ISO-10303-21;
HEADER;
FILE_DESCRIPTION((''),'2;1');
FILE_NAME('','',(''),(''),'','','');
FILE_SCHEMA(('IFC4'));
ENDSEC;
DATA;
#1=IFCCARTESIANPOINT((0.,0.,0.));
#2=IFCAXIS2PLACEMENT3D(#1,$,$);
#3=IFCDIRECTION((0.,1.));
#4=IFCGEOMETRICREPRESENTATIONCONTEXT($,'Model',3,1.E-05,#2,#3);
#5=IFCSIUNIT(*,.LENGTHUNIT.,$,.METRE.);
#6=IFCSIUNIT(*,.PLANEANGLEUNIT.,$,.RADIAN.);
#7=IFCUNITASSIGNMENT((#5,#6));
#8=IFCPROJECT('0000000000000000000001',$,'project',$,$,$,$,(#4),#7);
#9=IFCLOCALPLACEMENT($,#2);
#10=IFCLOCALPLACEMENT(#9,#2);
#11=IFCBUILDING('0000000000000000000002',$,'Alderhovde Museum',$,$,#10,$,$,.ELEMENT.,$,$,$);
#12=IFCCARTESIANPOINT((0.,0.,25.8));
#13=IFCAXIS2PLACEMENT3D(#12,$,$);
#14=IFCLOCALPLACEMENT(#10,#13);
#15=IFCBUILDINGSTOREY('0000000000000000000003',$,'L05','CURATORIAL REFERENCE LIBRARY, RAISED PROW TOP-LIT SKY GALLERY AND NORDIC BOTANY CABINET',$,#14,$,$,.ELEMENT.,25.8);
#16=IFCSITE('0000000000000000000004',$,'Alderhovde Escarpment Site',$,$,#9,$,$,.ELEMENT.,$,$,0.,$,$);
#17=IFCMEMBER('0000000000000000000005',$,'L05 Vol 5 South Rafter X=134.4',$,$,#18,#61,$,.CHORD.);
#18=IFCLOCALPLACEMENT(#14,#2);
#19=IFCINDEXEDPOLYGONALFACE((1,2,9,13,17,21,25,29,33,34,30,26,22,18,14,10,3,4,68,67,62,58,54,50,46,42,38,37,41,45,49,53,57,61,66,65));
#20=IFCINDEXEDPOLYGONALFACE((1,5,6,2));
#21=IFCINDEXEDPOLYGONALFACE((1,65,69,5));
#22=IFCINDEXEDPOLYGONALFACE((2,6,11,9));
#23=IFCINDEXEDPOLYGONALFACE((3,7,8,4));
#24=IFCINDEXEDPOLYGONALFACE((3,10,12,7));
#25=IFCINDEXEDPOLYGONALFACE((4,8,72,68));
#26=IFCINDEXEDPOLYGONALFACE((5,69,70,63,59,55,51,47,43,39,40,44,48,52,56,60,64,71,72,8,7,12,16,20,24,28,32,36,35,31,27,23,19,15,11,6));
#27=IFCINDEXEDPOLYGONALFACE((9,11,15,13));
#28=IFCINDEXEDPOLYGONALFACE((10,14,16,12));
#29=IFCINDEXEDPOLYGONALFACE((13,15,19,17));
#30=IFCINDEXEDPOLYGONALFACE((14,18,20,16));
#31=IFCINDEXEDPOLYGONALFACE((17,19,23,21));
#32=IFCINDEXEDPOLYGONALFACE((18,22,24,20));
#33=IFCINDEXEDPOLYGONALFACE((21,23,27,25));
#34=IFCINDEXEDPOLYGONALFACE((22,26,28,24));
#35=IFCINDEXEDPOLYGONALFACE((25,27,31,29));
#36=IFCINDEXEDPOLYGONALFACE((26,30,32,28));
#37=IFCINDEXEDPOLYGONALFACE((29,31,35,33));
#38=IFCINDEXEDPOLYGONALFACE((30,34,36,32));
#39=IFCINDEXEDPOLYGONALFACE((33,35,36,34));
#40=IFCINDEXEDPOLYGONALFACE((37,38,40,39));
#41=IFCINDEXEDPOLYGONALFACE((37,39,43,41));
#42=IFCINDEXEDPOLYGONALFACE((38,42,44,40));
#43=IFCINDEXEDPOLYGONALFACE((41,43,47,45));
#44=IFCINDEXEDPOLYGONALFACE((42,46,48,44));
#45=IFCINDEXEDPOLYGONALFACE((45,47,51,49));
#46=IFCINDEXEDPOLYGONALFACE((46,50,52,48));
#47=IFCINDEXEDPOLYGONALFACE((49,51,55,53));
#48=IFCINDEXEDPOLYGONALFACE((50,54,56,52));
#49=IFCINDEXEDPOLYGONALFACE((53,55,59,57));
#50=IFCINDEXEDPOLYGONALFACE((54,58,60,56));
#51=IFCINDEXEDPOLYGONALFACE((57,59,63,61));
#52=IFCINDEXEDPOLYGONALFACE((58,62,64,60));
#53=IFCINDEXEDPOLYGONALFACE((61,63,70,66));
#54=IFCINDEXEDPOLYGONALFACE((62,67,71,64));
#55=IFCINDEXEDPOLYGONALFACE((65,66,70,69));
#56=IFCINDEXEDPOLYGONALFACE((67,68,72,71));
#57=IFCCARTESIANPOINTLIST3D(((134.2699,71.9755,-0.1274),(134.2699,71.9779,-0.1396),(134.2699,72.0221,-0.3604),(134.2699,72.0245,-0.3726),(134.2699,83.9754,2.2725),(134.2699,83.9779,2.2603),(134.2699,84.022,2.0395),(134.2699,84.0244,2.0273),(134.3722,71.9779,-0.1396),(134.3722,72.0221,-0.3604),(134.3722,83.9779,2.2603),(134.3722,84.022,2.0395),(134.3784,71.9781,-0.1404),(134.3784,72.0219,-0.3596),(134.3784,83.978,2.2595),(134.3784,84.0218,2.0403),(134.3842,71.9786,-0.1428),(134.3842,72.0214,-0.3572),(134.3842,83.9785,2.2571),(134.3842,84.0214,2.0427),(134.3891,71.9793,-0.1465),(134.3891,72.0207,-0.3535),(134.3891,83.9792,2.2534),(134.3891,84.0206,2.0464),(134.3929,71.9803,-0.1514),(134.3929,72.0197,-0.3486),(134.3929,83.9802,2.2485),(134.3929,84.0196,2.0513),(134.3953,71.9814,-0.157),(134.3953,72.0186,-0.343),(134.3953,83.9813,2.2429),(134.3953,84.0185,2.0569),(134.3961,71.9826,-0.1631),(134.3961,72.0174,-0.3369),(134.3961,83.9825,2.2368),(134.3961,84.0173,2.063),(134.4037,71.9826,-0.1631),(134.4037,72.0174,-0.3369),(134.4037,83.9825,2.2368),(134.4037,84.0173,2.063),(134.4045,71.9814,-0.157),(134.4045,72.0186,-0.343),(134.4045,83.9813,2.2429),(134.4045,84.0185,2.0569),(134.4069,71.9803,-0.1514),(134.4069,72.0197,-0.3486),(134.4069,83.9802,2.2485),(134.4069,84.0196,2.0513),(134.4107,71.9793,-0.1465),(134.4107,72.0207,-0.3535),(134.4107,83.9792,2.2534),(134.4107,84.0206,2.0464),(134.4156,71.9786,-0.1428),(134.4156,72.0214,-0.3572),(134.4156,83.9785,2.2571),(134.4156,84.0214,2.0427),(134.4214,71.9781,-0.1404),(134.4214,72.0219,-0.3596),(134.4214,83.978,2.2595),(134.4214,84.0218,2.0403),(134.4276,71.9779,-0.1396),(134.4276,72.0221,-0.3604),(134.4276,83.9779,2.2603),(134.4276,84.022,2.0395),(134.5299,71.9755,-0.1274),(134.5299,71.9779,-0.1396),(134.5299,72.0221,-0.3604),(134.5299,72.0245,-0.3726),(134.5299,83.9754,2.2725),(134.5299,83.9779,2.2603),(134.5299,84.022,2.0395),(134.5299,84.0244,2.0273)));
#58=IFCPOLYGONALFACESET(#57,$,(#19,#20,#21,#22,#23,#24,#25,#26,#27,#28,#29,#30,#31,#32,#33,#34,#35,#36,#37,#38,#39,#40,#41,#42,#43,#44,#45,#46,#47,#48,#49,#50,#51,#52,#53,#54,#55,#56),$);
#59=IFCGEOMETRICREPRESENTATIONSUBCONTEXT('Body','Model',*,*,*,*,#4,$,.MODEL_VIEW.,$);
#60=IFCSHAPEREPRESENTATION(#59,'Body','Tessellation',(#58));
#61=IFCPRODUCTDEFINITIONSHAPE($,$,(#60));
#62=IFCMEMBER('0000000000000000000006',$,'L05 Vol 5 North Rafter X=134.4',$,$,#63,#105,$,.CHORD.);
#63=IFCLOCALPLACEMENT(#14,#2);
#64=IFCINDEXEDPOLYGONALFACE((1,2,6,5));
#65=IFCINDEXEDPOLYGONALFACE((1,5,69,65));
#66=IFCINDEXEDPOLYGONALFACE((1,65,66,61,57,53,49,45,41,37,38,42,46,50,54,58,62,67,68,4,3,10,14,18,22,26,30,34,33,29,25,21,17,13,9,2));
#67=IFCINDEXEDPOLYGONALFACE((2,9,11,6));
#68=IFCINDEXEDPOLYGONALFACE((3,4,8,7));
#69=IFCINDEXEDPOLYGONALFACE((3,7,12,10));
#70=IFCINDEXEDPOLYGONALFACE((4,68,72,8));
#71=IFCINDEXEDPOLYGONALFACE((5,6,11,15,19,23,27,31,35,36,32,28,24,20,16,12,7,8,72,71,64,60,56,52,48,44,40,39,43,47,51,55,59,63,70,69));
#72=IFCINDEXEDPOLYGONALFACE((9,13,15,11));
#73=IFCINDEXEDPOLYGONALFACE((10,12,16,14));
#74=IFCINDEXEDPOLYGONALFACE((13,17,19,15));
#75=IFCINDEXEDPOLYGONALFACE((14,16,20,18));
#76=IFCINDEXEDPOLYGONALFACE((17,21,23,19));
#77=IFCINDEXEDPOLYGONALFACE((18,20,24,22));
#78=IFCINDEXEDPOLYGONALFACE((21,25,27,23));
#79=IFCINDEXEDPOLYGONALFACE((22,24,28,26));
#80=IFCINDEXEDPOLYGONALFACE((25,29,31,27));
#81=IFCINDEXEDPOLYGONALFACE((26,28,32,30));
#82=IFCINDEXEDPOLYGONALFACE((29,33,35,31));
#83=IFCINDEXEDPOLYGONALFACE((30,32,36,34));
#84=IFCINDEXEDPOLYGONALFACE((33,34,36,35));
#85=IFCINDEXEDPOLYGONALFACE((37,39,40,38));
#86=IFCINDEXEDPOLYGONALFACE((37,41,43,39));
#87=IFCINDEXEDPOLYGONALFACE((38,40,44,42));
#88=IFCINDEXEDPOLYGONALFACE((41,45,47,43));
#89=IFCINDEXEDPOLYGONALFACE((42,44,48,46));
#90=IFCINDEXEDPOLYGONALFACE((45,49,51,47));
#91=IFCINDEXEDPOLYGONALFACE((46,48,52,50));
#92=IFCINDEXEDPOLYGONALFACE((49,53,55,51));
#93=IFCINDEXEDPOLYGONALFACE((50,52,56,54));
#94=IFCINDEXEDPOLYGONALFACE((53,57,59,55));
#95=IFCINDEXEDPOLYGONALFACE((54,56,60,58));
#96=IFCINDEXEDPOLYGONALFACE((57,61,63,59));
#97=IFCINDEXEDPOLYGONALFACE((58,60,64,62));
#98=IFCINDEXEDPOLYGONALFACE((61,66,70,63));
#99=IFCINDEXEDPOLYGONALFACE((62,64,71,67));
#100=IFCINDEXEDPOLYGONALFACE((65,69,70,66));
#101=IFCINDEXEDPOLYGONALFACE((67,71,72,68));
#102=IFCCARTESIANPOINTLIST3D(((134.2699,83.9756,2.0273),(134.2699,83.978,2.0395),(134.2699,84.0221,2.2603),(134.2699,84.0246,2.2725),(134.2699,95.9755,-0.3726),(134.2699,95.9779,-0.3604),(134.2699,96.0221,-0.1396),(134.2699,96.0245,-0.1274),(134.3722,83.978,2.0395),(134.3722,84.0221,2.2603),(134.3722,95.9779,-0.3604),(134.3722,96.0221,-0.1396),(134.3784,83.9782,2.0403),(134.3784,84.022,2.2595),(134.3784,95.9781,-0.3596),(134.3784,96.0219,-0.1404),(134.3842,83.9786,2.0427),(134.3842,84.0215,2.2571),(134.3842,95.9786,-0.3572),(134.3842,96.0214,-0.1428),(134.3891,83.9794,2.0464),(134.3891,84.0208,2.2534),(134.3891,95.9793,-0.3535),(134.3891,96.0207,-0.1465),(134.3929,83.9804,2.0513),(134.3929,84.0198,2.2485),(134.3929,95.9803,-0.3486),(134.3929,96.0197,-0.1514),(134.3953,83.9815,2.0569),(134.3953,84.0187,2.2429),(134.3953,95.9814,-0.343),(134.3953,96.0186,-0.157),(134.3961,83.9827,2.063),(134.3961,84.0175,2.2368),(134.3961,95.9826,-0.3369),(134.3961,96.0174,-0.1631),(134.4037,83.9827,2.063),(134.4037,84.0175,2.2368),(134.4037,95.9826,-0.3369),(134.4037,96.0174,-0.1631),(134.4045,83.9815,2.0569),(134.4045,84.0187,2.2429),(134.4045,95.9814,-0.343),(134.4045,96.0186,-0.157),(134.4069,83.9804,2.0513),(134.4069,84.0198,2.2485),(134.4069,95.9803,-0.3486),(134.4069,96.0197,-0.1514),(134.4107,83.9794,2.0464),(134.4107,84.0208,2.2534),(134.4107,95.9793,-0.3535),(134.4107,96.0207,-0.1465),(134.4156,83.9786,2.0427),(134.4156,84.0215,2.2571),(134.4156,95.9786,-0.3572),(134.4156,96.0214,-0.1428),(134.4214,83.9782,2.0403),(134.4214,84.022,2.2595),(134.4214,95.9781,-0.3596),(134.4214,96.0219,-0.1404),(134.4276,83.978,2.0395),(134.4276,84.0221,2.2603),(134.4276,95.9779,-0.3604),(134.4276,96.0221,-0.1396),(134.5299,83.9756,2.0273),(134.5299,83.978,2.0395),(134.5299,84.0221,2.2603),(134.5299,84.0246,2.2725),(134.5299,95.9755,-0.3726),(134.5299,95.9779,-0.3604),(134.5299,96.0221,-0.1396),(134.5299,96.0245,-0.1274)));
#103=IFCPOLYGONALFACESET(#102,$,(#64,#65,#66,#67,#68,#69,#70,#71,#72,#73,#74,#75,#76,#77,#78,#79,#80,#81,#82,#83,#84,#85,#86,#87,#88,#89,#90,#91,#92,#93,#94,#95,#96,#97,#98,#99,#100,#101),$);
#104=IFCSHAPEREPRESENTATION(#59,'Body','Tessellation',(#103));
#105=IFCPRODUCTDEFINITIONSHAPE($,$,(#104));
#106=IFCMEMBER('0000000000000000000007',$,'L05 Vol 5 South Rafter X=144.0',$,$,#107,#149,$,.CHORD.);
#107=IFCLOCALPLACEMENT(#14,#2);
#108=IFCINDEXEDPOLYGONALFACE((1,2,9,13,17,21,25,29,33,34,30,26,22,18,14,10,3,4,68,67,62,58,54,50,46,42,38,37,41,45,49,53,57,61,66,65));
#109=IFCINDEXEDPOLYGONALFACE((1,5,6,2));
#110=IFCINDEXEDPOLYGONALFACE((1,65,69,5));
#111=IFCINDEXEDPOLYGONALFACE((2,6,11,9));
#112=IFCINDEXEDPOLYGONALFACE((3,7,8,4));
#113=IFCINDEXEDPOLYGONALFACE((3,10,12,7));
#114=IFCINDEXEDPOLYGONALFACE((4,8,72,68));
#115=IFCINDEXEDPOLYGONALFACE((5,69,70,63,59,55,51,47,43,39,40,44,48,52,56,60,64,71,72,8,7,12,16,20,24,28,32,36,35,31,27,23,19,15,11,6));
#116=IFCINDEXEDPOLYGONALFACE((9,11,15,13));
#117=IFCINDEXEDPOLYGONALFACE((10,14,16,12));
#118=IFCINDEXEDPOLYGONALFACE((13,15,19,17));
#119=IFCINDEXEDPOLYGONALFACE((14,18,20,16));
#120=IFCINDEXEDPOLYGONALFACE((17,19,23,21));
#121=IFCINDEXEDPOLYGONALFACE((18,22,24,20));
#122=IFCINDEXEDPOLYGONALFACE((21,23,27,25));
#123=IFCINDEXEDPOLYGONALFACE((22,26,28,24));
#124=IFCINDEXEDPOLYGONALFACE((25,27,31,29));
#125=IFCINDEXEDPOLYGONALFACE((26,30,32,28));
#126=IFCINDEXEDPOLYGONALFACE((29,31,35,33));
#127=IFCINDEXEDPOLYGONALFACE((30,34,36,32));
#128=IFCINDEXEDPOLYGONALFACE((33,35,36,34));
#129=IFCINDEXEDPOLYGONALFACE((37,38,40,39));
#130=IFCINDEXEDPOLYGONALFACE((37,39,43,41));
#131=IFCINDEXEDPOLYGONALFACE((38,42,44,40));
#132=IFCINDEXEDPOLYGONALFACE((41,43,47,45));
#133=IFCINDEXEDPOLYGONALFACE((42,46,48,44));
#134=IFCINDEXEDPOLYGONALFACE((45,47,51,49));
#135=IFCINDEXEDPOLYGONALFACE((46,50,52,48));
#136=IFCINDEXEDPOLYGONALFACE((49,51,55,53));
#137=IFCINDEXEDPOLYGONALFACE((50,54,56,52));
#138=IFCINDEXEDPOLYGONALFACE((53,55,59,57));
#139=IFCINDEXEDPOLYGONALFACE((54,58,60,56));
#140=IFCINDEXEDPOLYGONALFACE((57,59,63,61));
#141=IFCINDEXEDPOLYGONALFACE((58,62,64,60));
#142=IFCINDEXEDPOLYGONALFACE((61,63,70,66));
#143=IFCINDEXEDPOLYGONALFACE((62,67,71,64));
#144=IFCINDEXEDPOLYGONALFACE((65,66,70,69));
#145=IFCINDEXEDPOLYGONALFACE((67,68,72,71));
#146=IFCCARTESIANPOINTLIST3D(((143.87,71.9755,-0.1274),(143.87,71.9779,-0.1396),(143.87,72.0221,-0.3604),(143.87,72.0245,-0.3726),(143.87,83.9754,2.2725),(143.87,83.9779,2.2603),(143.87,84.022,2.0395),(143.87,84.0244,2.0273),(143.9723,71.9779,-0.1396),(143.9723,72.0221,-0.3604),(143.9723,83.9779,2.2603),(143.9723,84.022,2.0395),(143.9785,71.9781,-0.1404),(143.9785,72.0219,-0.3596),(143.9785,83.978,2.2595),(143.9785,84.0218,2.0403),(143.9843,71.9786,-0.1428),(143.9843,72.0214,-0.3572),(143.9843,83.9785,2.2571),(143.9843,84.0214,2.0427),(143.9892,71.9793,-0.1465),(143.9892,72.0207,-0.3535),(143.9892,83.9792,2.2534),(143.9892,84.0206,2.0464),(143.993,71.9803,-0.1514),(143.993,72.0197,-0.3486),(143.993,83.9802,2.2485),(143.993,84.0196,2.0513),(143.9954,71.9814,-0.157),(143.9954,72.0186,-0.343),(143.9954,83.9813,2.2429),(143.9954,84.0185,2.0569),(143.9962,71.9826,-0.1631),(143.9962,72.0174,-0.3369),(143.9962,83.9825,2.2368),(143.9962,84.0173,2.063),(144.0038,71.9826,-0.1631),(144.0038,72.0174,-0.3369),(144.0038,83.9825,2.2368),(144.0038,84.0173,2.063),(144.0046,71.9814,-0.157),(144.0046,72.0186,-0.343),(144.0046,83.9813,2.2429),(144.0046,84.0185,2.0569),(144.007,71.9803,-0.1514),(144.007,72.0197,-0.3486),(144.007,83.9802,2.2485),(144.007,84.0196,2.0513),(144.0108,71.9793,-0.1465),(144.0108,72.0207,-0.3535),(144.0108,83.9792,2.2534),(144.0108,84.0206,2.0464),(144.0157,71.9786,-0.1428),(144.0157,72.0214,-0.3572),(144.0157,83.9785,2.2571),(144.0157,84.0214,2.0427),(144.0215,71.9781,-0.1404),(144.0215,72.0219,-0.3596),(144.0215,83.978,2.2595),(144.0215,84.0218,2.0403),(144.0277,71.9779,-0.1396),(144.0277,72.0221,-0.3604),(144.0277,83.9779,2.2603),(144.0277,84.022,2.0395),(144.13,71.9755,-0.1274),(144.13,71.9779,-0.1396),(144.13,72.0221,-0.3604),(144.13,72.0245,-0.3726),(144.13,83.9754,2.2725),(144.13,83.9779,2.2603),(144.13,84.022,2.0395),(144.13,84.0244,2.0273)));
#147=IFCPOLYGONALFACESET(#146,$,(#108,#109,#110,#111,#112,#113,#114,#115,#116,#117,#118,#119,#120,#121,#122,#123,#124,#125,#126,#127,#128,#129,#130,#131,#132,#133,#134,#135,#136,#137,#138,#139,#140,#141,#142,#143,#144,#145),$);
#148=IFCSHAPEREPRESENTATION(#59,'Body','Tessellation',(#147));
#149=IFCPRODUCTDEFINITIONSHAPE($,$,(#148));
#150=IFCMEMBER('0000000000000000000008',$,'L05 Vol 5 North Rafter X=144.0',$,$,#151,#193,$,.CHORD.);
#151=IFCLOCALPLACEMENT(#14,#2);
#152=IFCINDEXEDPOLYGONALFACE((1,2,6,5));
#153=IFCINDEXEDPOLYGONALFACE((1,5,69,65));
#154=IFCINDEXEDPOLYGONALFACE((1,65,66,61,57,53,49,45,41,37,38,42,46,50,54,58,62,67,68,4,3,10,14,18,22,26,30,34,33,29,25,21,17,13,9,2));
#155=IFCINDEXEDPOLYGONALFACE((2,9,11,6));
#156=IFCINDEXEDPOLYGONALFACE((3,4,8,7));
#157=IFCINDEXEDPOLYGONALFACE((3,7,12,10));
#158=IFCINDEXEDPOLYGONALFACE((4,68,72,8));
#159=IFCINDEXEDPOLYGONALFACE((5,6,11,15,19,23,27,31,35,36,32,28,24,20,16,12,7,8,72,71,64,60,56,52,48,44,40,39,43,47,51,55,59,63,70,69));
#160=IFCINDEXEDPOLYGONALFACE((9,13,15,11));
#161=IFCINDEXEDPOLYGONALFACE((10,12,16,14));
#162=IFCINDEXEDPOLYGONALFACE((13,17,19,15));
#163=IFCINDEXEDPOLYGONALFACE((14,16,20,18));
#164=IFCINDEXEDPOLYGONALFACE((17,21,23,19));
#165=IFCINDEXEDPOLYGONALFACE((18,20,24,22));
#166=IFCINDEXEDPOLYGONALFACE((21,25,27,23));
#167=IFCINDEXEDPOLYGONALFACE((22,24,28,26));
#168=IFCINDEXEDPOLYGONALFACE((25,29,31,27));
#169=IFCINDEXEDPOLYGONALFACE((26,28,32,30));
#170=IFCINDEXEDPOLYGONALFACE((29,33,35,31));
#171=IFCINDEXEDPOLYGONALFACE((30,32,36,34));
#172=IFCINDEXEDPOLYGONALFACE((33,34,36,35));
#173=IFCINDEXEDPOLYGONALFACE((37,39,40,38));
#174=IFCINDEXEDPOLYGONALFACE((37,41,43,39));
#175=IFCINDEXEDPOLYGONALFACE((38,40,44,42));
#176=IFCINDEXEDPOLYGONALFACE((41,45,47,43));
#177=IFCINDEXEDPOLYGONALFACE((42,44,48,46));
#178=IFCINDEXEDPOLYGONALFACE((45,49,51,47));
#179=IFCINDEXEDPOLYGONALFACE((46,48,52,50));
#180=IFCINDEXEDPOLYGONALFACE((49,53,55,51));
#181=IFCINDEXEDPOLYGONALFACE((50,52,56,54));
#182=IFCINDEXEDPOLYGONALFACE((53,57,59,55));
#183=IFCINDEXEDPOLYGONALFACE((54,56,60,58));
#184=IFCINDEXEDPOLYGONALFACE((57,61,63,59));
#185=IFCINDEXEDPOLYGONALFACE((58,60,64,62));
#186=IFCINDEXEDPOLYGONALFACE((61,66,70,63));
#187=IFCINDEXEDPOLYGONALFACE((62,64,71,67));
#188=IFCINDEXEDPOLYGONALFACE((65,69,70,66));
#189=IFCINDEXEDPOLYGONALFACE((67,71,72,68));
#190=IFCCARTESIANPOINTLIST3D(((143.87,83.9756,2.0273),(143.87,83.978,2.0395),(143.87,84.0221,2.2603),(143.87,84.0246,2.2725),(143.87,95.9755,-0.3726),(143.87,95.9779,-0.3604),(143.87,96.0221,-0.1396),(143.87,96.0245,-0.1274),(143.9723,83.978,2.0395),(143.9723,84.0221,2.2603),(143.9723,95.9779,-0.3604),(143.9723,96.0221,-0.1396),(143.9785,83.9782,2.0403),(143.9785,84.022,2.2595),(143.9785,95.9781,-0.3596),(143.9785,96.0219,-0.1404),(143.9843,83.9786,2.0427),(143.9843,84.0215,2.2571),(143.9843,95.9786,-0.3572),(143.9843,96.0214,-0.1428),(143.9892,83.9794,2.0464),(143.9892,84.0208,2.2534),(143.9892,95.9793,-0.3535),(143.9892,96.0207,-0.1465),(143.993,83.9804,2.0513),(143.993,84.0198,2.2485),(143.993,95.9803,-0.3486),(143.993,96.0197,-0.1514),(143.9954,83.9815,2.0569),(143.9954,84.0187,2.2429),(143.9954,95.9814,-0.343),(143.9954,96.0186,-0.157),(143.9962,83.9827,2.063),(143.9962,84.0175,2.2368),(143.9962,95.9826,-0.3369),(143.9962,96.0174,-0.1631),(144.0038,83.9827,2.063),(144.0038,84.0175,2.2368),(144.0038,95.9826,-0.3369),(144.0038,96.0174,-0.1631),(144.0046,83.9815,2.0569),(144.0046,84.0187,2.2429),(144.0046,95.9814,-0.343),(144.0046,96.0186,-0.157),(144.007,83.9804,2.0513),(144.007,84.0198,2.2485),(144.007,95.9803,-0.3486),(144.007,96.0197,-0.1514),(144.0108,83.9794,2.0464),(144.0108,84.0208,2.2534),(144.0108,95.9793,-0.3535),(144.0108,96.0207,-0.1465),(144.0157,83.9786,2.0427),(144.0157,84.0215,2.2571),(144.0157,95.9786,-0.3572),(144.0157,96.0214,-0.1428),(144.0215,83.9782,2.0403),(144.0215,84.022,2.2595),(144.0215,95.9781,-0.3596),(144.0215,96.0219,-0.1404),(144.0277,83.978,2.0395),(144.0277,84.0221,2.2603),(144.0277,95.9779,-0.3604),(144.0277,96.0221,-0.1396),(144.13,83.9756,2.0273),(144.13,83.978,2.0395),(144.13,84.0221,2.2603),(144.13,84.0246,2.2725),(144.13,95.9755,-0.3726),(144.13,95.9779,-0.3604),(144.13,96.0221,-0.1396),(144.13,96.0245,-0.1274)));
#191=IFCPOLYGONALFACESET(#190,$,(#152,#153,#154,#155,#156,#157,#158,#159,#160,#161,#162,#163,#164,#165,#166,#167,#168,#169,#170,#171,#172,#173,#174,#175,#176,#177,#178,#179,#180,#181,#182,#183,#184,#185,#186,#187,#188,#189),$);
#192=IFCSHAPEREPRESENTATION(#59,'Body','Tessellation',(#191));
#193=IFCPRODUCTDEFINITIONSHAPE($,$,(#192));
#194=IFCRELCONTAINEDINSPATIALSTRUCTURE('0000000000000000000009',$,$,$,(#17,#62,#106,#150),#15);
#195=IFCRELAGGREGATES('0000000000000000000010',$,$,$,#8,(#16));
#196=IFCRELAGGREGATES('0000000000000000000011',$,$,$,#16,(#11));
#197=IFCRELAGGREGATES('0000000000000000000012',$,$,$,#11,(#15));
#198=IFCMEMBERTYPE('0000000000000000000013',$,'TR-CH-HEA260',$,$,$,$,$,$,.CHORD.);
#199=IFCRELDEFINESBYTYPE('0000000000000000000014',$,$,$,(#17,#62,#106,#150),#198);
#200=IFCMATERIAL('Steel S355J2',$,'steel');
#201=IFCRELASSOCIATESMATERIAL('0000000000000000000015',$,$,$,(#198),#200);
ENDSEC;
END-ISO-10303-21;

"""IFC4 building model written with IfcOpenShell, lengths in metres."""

from ifc_helpers import new_model, si_unit, direction, frame, origin, origin_2d, place, context, subcontext, project, spatial, i_section, extrude, material, material_profile, profile_set, type_object, element, save


model = new_model("IFC4")

# Units and contexts
model_context = context("Model", 3, precision=1e-05, world=origin(), true_north=direction((0.0, 1.0)))
body_context = subcontext(model_context, "Body", "Model", "MODEL_VIEW")
ifc_project = project(units=[si_unit("LENGTHUNIT", "METRE"), si_unit("PLANEANGLEUNIT", "RADIAN")], contexts=[model_context])

# Site, building, storey
site_placement = place(None, origin())
site = spatial("IfcSite", under=ifc_project, at=site_placement, Name="Alderhovde Escarpment Site", CompositionType="ELEMENT", RefElevation=0.0)
building_placement = place(site_placement, origin())
building = spatial("IfcBuilding", under=site, at=building_placement, Name="Alderhovde Museum", CompositionType="ELEMENT")
storey_placement = place(building_placement, frame((0.0, 0.0, 25.8)))
storey = spatial("IfcBuildingStorey", under=building, at=storey_placement, Name="L05", Description="CURATORIAL REFERENCE LIBRARY, RAISED PROW TOP-LIT SKY GALLERY AND NORDIC BOTANY CABINET", CompositionType="ELEMENT", Elevation=25.8)

# Members
ifc_material_1 = material(Name="Steel S355J2", Category="steel")
ifc_material_profile_1 = material_profile(ifc_material_1, i_section(OverallWidth=0.26, OverallDepth=0.25, WebThickness=0.0076, FlangeThickness=0.0125, FilletRadius=0.0239, at=origin_2d()), Name="HEA 260")
ifc_profile_set_1 = profile_set([ifc_material_profile_1], Name="Steel S355J2")
member_type_1 = type_object("IfcMemberType", Name="TR-CH-HEA260", PredefinedType="CHORD", material=ifc_profile_set_1)
for number, where, z_axis, x_axis, name in (
    (1, (134.3999, 72.0, -0.25), (0.0, 0.980582, 0.196108), (-1.0, 0.0, 0.0), "L05 Vol 5 South Rafter X=134.4"),
    (2, (134.3999, 96.0, -0.25), (0.0, -0.980582, 0.196108), (1.0, 0.0, 0.0), "L05 Vol 5 North Rafter X=134.4"),
    (3, (144.0, 72.0, -0.25), (0.0, 0.980582, 0.196108), (-1.0, 0.0, 0.0), "L05 Vol 5 South Rafter X=144.0"),
    (4, (144.0, 96.0, -0.25), (0.0, -0.980582, 0.196108), (1.0, 0.0, 0.0), "L05 Vol 5 North Rafter X=144.0"),
):
    element("IfcMember", number, at=place(storey_placement, frame(where, z_axis=z_axis, x_axis=x_axis)), inside=storey, type_object=member_type_1, Name=name, PredefinedType="CHORD", context=body_context, shape_type="SweptSolid", body=[
        extrude(i_section(OverallWidth=0.26, OverallDepth=0.25, WebThickness=0.0076, FlangeThickness=0.0125, FilletRadius=0.0239, at=origin_2d()), origin(), (0.0, 0.0, 1.0), 12.2375),
    ])

save(model, "model.ifc")
